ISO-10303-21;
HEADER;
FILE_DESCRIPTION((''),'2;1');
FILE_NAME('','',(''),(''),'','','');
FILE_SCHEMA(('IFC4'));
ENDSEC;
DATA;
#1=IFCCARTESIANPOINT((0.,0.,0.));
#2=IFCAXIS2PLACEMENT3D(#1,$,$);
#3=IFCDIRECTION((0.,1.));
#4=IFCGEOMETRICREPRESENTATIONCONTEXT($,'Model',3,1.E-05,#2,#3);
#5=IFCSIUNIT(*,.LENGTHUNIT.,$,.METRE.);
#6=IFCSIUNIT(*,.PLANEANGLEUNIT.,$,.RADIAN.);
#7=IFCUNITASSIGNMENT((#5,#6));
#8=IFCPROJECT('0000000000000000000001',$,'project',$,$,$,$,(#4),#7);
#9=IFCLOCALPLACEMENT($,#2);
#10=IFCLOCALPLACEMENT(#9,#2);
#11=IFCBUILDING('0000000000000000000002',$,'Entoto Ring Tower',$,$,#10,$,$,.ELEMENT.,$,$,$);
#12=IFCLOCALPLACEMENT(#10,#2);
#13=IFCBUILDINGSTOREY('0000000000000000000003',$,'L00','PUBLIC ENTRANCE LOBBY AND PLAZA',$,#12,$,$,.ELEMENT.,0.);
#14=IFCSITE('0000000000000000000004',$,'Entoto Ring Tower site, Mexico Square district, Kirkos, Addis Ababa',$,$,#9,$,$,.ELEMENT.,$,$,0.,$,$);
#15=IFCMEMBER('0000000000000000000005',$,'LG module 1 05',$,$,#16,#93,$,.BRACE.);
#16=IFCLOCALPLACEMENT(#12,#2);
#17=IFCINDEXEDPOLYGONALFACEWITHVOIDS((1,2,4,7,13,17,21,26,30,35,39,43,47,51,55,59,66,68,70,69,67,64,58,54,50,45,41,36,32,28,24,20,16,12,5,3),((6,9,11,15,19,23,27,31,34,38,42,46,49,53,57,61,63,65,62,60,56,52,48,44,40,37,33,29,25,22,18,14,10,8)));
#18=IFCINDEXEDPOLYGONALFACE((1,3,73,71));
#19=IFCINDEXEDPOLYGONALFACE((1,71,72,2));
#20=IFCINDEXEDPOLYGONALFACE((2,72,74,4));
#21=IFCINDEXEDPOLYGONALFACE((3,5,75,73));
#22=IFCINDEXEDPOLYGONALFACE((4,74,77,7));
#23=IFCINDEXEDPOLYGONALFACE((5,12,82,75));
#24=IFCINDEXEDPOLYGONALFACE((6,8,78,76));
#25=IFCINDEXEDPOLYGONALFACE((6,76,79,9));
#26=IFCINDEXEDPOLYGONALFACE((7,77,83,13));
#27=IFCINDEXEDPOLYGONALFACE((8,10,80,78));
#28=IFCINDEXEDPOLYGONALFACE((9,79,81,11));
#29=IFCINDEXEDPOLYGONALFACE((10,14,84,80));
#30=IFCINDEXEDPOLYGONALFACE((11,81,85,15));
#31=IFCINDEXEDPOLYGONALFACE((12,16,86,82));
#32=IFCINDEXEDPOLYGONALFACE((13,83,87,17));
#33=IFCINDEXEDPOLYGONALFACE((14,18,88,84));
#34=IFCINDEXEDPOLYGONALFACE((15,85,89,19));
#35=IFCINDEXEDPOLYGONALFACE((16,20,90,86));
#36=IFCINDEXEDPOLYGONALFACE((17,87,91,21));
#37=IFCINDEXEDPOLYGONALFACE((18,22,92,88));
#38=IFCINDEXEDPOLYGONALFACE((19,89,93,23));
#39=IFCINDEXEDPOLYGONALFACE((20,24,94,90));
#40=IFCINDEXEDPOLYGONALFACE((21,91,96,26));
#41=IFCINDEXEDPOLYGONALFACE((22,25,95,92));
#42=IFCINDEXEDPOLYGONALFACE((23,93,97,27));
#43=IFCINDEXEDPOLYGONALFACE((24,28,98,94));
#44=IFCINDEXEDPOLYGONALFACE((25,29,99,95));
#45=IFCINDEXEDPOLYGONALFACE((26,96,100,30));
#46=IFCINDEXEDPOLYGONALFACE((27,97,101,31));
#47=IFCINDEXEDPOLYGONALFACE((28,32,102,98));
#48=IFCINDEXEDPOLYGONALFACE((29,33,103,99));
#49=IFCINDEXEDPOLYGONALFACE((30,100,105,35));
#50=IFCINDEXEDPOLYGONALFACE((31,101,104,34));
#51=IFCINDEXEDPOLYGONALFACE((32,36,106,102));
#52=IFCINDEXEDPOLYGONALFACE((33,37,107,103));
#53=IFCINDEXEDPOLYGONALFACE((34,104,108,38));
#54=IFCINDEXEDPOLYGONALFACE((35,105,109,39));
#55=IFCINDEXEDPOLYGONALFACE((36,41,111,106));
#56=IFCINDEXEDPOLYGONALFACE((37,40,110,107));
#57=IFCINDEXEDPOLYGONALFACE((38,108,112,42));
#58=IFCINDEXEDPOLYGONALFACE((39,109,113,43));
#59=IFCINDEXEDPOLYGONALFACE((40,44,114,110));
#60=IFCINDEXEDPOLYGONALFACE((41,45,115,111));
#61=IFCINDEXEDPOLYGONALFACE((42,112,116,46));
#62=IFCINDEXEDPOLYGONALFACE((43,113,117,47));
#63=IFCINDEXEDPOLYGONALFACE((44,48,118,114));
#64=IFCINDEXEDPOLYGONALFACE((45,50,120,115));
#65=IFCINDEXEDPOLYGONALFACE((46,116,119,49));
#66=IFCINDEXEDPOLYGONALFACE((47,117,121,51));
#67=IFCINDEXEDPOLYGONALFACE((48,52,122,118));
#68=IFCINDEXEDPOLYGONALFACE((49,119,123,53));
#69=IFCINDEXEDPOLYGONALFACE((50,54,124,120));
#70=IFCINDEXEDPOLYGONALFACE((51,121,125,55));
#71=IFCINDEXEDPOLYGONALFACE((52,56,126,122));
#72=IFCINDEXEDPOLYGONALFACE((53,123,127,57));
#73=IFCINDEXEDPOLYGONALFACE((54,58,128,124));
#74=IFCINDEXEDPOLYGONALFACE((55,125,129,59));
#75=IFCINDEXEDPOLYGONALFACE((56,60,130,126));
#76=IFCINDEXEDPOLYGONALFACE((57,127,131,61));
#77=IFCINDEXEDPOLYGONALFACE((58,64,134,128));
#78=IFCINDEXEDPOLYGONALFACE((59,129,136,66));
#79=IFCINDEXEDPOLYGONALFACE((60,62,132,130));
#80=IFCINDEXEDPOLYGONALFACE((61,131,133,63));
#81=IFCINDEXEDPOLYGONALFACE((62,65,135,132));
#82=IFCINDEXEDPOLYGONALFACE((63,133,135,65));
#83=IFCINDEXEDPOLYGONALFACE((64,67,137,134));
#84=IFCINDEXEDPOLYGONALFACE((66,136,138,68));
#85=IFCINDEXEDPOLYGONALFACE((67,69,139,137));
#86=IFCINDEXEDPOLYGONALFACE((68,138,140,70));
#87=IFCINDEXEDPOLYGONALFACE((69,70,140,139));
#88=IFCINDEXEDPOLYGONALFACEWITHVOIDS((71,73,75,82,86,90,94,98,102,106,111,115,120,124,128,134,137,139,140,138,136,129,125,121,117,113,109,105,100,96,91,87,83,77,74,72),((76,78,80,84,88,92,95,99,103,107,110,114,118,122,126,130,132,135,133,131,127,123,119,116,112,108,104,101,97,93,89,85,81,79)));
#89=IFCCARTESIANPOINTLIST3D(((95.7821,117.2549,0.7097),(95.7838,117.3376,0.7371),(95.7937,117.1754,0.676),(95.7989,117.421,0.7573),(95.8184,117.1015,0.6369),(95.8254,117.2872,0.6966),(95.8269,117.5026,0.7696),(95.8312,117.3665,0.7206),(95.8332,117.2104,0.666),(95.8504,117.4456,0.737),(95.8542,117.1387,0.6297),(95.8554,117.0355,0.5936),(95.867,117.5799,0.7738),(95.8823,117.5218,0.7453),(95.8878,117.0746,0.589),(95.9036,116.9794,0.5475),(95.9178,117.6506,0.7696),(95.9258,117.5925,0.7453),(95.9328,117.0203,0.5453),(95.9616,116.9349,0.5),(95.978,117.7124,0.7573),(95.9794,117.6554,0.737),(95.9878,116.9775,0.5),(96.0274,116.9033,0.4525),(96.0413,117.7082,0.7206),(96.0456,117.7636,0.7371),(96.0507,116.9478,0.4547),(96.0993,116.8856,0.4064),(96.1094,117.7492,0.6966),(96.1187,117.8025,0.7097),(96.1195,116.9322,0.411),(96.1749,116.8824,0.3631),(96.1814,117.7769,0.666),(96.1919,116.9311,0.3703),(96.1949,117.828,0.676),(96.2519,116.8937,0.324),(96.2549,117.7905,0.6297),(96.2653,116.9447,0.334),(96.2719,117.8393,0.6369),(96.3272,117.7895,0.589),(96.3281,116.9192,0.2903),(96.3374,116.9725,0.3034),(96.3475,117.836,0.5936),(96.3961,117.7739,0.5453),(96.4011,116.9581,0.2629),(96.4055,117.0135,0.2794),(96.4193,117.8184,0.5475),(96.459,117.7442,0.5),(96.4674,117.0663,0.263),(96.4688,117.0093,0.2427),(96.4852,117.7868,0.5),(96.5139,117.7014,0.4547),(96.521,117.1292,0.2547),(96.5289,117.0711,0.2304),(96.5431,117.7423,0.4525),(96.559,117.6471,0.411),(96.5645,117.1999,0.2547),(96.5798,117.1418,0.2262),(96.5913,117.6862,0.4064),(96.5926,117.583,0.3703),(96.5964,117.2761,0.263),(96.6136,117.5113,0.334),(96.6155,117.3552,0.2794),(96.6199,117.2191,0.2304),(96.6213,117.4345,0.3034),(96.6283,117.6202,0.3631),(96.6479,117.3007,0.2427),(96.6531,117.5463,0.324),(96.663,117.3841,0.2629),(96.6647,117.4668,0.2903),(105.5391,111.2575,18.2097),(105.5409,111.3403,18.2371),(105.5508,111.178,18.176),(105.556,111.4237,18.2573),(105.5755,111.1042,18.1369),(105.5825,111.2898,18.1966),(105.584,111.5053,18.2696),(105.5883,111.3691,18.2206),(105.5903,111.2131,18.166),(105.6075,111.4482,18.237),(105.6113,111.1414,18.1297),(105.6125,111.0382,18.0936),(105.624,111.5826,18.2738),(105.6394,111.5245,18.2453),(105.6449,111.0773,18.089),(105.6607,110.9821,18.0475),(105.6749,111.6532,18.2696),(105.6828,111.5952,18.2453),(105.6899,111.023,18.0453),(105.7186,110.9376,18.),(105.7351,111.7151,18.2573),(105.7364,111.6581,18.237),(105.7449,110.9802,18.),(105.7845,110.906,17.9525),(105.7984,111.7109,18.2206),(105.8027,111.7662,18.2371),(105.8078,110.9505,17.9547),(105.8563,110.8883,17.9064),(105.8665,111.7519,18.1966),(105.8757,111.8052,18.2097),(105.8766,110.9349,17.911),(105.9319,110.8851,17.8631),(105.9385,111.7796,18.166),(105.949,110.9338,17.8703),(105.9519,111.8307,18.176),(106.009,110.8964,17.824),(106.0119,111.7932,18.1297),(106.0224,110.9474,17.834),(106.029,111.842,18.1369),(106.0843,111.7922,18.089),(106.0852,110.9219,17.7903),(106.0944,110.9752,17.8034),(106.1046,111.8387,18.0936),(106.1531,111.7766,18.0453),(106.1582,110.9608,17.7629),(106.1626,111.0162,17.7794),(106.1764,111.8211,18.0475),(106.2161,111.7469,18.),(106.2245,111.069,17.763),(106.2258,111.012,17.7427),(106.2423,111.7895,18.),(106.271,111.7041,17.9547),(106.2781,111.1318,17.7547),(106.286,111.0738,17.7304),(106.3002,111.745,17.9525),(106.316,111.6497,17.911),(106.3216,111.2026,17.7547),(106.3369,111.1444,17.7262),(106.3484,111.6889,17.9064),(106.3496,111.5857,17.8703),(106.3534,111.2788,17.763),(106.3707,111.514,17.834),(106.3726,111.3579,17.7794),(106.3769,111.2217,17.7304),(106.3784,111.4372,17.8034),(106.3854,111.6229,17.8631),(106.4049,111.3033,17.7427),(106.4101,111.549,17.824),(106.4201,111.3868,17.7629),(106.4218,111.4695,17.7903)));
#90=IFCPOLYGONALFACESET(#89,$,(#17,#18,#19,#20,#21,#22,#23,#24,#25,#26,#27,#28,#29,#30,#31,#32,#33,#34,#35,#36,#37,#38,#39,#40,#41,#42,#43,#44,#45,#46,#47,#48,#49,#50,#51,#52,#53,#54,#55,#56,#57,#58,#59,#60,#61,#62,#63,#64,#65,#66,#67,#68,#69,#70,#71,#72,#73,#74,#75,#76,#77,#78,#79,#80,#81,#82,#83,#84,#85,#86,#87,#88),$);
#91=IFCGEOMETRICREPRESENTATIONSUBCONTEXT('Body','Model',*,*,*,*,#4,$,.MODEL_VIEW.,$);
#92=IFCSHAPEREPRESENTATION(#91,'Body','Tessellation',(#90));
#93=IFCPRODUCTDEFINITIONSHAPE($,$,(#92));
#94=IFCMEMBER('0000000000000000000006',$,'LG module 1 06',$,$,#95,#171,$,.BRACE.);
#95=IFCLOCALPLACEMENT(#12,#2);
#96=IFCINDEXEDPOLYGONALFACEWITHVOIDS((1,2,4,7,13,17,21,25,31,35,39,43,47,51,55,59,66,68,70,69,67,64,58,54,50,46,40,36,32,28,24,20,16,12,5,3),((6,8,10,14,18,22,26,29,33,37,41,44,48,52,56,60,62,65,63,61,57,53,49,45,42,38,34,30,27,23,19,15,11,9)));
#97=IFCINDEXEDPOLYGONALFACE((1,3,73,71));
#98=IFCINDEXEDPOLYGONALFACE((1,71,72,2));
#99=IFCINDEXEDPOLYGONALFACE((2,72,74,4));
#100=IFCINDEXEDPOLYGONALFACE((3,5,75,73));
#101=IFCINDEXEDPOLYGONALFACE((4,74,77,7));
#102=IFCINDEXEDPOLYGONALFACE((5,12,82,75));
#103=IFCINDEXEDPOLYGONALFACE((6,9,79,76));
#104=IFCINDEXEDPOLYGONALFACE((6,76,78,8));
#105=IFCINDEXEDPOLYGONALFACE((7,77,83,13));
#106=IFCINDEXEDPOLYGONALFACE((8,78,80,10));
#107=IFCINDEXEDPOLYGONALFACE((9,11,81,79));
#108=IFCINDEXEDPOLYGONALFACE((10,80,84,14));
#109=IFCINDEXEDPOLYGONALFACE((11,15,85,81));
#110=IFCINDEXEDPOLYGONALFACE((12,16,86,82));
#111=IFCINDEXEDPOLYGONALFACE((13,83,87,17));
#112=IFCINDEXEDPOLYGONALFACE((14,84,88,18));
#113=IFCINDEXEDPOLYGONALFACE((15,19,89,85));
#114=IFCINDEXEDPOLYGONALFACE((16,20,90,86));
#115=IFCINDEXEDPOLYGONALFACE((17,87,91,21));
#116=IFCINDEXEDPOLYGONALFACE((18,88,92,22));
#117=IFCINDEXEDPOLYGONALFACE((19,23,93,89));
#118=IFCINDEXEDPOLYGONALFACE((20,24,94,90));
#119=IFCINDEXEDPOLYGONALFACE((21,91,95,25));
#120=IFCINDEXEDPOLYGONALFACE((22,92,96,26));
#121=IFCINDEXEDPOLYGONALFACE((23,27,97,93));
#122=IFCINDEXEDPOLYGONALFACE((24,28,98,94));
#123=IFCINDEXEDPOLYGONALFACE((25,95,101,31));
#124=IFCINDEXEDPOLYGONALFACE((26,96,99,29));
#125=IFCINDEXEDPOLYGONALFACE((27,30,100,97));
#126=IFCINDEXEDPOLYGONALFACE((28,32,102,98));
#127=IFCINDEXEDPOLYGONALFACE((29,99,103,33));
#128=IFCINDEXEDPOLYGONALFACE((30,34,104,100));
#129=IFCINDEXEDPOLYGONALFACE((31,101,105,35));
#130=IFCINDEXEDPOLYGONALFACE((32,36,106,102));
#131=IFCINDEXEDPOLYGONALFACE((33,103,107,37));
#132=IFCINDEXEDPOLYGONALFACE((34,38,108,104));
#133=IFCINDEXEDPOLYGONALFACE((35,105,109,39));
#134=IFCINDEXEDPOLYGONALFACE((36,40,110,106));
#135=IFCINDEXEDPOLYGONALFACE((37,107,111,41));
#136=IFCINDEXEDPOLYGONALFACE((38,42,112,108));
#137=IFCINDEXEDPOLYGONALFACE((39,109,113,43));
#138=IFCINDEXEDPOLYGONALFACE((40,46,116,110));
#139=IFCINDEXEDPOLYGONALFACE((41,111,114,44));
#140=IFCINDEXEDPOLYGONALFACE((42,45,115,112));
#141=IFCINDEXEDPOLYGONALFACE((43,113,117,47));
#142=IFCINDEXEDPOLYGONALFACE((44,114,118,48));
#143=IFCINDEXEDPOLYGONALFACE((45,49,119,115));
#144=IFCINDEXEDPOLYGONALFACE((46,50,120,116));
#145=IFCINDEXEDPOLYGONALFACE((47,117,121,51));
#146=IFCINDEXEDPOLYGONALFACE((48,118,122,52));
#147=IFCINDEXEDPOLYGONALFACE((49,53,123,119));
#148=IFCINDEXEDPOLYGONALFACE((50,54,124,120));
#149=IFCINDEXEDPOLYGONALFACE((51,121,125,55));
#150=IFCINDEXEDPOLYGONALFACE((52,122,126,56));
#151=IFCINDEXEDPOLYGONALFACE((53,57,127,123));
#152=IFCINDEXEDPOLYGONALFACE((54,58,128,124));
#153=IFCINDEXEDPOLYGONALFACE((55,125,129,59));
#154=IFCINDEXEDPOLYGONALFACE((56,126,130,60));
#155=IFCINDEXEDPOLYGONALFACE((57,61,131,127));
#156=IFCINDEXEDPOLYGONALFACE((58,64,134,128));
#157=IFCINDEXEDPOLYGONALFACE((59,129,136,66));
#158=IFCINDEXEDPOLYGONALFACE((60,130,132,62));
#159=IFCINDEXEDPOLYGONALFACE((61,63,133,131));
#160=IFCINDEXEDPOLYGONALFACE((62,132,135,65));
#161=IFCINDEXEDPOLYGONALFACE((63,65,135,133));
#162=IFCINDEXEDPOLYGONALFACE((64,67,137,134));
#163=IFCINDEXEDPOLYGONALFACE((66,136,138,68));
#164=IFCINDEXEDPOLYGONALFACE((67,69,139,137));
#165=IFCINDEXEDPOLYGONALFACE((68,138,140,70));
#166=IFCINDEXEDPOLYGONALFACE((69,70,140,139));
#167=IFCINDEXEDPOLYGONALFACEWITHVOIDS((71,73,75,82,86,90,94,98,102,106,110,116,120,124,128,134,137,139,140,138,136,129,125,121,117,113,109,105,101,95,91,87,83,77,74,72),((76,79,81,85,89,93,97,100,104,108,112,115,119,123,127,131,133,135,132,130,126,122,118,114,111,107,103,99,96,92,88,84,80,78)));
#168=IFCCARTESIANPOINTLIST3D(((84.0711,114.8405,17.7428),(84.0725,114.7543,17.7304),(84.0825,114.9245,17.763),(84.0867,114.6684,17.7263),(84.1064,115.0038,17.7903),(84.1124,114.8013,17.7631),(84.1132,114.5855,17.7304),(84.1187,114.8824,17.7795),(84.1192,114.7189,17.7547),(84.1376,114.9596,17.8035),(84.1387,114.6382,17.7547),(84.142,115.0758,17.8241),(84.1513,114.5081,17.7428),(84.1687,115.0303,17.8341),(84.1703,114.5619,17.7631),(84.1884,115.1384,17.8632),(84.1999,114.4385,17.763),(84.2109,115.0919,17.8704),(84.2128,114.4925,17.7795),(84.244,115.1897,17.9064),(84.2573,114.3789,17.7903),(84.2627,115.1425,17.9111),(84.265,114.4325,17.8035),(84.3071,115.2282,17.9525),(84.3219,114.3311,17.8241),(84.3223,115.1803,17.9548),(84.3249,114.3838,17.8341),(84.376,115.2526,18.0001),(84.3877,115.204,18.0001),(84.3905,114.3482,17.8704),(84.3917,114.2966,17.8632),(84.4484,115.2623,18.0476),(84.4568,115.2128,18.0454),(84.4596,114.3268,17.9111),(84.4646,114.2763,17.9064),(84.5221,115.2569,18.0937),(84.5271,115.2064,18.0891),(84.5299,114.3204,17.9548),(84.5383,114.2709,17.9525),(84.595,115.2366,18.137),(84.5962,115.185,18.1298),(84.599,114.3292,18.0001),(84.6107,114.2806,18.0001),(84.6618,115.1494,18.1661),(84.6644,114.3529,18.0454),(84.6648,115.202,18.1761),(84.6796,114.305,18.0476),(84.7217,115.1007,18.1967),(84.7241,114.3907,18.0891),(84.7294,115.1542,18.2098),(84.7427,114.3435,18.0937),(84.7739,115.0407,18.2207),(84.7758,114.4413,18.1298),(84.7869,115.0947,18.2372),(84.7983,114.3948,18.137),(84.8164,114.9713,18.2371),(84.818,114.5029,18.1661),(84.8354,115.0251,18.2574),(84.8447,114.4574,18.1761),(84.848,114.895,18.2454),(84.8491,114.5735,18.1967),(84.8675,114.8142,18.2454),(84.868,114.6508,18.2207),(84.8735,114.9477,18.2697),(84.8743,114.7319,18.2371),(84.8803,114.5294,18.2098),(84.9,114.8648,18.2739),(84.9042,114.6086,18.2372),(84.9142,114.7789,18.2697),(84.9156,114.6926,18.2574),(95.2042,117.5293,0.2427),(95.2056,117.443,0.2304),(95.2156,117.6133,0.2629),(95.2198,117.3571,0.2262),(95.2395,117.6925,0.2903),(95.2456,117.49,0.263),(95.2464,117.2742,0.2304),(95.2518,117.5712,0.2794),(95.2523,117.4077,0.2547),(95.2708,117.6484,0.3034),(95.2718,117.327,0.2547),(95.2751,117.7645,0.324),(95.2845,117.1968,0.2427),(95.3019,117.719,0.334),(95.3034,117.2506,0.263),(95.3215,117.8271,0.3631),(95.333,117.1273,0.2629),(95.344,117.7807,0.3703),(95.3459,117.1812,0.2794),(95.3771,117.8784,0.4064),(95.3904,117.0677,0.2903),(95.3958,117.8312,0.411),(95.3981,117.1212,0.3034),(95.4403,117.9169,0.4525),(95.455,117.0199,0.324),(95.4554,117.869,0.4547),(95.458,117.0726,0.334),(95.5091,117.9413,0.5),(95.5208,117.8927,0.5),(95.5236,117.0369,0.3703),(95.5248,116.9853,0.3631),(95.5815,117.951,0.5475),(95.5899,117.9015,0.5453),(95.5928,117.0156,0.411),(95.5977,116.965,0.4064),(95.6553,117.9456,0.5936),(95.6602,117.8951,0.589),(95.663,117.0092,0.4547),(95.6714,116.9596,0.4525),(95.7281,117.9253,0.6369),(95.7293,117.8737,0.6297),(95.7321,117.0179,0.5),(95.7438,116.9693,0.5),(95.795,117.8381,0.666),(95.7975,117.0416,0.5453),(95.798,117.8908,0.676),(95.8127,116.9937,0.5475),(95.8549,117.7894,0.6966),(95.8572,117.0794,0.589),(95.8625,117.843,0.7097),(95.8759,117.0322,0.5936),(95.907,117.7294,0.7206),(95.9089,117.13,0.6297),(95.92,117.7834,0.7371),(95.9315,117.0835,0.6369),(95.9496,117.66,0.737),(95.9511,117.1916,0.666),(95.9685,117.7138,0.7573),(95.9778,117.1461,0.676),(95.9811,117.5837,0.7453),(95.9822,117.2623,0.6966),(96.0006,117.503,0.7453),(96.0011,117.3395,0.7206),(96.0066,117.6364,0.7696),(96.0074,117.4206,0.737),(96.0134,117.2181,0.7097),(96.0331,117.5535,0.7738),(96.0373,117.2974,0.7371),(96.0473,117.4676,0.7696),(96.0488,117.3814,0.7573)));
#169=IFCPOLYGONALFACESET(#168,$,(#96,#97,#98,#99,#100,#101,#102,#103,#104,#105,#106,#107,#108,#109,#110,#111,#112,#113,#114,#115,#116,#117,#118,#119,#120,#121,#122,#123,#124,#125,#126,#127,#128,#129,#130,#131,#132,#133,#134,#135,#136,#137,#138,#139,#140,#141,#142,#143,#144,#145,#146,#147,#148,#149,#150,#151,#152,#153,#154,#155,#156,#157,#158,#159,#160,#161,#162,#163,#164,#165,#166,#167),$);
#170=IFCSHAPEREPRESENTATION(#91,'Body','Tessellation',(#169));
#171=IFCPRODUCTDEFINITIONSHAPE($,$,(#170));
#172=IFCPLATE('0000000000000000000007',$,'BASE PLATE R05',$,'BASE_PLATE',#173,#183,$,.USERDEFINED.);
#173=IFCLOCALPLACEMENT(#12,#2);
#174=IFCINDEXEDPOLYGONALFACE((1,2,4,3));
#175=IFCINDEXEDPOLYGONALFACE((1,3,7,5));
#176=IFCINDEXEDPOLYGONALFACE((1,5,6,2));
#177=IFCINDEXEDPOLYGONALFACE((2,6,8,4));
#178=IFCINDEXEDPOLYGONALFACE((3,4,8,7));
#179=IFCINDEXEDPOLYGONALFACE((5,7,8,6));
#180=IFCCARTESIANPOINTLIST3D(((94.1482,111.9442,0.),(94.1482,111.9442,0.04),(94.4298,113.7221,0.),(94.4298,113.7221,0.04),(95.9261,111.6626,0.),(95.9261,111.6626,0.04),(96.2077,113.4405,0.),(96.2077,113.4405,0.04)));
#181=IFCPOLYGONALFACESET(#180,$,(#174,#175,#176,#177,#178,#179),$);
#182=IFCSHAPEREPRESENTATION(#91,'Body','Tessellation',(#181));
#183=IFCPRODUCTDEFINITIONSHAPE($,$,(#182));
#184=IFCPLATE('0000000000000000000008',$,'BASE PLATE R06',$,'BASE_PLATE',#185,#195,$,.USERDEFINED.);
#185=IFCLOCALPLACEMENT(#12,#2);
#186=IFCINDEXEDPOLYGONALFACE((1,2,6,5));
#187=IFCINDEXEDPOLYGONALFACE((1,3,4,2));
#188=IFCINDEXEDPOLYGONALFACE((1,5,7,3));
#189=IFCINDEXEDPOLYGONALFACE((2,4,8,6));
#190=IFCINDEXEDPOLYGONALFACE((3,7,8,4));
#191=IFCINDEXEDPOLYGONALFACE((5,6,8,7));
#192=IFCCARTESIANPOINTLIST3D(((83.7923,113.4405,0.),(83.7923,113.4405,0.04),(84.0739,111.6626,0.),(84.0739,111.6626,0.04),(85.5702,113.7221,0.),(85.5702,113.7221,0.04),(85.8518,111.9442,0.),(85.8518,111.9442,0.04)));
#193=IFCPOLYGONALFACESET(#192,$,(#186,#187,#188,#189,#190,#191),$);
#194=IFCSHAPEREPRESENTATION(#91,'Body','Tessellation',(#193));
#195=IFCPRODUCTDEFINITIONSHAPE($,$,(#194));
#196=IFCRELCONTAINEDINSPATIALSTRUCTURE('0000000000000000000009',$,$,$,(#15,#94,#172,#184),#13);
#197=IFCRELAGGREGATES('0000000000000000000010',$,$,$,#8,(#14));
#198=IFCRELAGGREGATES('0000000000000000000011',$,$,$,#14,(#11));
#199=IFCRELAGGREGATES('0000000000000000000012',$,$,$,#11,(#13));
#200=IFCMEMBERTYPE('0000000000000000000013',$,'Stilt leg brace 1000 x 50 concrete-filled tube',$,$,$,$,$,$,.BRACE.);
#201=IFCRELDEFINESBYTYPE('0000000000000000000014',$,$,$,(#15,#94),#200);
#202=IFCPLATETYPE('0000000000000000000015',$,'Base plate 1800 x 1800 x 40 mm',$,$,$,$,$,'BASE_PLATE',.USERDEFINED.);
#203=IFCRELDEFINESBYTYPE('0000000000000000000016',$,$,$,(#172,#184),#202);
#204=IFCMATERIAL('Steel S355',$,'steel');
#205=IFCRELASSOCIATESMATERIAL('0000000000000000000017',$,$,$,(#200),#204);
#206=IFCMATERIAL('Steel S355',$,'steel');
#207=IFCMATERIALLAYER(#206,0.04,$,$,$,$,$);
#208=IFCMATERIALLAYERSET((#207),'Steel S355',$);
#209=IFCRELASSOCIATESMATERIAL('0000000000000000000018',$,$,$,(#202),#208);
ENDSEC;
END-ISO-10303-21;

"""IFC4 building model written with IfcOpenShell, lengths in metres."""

from ifc_helpers import new_model, si_unit, direction, frame, origin, origin_2d, place, context, subcontext, project, spatial, rectangle, circle, hollow_circle, extrude, material, layer, layer_set, material_profile, profile_set, type_object, element, save


model = new_model("IFC4")

# Units and contexts
model_context = context("Model", 3, precision=1e-05, world=origin(), true_north=direction((0.0, 1.0)))
body_context = subcontext(model_context, "Body", "Model", "MODEL_VIEW")
ifc_project = project(units=[si_unit("LENGTHUNIT", "METRE"), si_unit("PLANEANGLEUNIT", "RADIAN")], contexts=[model_context])

# Site, building, storey
site_placement = place(None, origin())
site = spatial("IfcSite", under=ifc_project, at=site_placement, Name="Entoto Ring Tower site, Mexico Square district, Kirkos, Addis Ababa", CompositionType="ELEMENT", RefElevation=0.0)
building_placement = place(site_placement, origin())
building = spatial("IfcBuilding", under=site, at=building_placement, Name="Entoto Ring Tower", CompositionType="ELEMENT")
storey_placement = place(building_placement, origin())
storey = spatial("IfcBuildingStorey", under=building, at=storey_placement, Name="L00", Description="PUBLIC ENTRANCE LOBBY AND PLAZA", CompositionType="ELEMENT", Elevation=0.0)

# Members
ifc_material_1 = material(Name="Steel S355", Category="steel")
ifc_material_profile_1 = material_profile(ifc_material_1, hollow_circle(Radius=0.5, WallThickness=0.05, at=origin_2d()), Name="CHS 1000 x 50")
ifc_material_2 = material(Name="Concrete C60/75", Category="concrete")
ifc_material_profile_2 = material_profile(ifc_material_2, circle(Radius=0.45, at=origin_2d()), Name="Concrete C60/75 infill")
ifc_profile_set_1 = profile_set([ifc_material_profile_1, ifc_material_profile_2], Name="Steel S355")
member_type = type_object("IfcMemberType", Name="Stilt leg brace 1000 x 50 concrete-filled tube", PredefinedType="BRACE", material=ifc_profile_set_1)
member_1_placement = place(storey_placement, frame((96.2234, 117.3608, 0.5), z_axis=(0.466521, -0.286753, 0.836738), x_axis=(0.523651, 0.851933, 0.0)))
element("IfcMember", 1, at=member_1_placement, inside=storey, type_object=member_type, Name="LG module 1 05", PredefinedType="BRACE", context=body_context, shape_type="SweptSolid", body=[
    extrude(hollow_circle(Radius=0.5, WallThickness=0.05, at=origin_2d()), origin(), (0.0, 0.0, 1.0), 20.9146),
])
member_2_placement = place(storey_placement, frame((95.6265, 117.4553, 0.5), z_axis=(-0.532308, -0.128557, 0.836733), x_axis=(0.234759, -0.972054, 0.0)))
element("IfcMember", 2, at=member_2_placement, inside=storey, type_object=member_type, Name="LG module 1 06", PredefinedType="BRACE", context=body_context, shape_type="SweptSolid", body=[
    extrude(hollow_circle(Radius=0.5, WallThickness=0.05, at=origin_2d()), origin(), (0.0, 0.0, 1.0), 20.9148),
])

# Plates
ifc_material_3 = material(Name="Steel S355", Category="steel")
ifc_layer_1 = layer(ifc_material_3, 0.04)
ifc_layer_set_1 = layer_set([ifc_layer_1], Name="Steel S355")
plate_type = type_object("IfcPlateType", Name="Base plate 1800 x 1800 x 40 mm", ElementType="BASE_PLATE", PredefinedType="USERDEFINED", material=ifc_layer_set_1)
for number, where, z_axis, x_axis, name in (
    (3, (95.178, 112.6924, 0.0), (0.0, 0.0, 1.0), (0.156434, 0.987688, 0.0), "BASE PLATE R05"),
    (4, (84.822, 112.6924, 0.0), (0.0, 0.0, 1.0), (-0.156434, 0.987688, 0.0), "BASE PLATE R06"),
):
    element("IfcPlate", number, at=place(storey_placement, frame(where, z_axis=z_axis, x_axis=x_axis)), inside=storey, type_object=plate_type, Name=name, ObjectType="BASE_PLATE", PredefinedType="USERDEFINED", context=body_context, shape_type="SweptSolid", body=[
        extrude(rectangle(XDim=1.8, YDim=1.8, at=origin_2d()), origin(), (0.0, 0.0, 1.0), 0.04),
    ])

save(model, "model.ifc")
